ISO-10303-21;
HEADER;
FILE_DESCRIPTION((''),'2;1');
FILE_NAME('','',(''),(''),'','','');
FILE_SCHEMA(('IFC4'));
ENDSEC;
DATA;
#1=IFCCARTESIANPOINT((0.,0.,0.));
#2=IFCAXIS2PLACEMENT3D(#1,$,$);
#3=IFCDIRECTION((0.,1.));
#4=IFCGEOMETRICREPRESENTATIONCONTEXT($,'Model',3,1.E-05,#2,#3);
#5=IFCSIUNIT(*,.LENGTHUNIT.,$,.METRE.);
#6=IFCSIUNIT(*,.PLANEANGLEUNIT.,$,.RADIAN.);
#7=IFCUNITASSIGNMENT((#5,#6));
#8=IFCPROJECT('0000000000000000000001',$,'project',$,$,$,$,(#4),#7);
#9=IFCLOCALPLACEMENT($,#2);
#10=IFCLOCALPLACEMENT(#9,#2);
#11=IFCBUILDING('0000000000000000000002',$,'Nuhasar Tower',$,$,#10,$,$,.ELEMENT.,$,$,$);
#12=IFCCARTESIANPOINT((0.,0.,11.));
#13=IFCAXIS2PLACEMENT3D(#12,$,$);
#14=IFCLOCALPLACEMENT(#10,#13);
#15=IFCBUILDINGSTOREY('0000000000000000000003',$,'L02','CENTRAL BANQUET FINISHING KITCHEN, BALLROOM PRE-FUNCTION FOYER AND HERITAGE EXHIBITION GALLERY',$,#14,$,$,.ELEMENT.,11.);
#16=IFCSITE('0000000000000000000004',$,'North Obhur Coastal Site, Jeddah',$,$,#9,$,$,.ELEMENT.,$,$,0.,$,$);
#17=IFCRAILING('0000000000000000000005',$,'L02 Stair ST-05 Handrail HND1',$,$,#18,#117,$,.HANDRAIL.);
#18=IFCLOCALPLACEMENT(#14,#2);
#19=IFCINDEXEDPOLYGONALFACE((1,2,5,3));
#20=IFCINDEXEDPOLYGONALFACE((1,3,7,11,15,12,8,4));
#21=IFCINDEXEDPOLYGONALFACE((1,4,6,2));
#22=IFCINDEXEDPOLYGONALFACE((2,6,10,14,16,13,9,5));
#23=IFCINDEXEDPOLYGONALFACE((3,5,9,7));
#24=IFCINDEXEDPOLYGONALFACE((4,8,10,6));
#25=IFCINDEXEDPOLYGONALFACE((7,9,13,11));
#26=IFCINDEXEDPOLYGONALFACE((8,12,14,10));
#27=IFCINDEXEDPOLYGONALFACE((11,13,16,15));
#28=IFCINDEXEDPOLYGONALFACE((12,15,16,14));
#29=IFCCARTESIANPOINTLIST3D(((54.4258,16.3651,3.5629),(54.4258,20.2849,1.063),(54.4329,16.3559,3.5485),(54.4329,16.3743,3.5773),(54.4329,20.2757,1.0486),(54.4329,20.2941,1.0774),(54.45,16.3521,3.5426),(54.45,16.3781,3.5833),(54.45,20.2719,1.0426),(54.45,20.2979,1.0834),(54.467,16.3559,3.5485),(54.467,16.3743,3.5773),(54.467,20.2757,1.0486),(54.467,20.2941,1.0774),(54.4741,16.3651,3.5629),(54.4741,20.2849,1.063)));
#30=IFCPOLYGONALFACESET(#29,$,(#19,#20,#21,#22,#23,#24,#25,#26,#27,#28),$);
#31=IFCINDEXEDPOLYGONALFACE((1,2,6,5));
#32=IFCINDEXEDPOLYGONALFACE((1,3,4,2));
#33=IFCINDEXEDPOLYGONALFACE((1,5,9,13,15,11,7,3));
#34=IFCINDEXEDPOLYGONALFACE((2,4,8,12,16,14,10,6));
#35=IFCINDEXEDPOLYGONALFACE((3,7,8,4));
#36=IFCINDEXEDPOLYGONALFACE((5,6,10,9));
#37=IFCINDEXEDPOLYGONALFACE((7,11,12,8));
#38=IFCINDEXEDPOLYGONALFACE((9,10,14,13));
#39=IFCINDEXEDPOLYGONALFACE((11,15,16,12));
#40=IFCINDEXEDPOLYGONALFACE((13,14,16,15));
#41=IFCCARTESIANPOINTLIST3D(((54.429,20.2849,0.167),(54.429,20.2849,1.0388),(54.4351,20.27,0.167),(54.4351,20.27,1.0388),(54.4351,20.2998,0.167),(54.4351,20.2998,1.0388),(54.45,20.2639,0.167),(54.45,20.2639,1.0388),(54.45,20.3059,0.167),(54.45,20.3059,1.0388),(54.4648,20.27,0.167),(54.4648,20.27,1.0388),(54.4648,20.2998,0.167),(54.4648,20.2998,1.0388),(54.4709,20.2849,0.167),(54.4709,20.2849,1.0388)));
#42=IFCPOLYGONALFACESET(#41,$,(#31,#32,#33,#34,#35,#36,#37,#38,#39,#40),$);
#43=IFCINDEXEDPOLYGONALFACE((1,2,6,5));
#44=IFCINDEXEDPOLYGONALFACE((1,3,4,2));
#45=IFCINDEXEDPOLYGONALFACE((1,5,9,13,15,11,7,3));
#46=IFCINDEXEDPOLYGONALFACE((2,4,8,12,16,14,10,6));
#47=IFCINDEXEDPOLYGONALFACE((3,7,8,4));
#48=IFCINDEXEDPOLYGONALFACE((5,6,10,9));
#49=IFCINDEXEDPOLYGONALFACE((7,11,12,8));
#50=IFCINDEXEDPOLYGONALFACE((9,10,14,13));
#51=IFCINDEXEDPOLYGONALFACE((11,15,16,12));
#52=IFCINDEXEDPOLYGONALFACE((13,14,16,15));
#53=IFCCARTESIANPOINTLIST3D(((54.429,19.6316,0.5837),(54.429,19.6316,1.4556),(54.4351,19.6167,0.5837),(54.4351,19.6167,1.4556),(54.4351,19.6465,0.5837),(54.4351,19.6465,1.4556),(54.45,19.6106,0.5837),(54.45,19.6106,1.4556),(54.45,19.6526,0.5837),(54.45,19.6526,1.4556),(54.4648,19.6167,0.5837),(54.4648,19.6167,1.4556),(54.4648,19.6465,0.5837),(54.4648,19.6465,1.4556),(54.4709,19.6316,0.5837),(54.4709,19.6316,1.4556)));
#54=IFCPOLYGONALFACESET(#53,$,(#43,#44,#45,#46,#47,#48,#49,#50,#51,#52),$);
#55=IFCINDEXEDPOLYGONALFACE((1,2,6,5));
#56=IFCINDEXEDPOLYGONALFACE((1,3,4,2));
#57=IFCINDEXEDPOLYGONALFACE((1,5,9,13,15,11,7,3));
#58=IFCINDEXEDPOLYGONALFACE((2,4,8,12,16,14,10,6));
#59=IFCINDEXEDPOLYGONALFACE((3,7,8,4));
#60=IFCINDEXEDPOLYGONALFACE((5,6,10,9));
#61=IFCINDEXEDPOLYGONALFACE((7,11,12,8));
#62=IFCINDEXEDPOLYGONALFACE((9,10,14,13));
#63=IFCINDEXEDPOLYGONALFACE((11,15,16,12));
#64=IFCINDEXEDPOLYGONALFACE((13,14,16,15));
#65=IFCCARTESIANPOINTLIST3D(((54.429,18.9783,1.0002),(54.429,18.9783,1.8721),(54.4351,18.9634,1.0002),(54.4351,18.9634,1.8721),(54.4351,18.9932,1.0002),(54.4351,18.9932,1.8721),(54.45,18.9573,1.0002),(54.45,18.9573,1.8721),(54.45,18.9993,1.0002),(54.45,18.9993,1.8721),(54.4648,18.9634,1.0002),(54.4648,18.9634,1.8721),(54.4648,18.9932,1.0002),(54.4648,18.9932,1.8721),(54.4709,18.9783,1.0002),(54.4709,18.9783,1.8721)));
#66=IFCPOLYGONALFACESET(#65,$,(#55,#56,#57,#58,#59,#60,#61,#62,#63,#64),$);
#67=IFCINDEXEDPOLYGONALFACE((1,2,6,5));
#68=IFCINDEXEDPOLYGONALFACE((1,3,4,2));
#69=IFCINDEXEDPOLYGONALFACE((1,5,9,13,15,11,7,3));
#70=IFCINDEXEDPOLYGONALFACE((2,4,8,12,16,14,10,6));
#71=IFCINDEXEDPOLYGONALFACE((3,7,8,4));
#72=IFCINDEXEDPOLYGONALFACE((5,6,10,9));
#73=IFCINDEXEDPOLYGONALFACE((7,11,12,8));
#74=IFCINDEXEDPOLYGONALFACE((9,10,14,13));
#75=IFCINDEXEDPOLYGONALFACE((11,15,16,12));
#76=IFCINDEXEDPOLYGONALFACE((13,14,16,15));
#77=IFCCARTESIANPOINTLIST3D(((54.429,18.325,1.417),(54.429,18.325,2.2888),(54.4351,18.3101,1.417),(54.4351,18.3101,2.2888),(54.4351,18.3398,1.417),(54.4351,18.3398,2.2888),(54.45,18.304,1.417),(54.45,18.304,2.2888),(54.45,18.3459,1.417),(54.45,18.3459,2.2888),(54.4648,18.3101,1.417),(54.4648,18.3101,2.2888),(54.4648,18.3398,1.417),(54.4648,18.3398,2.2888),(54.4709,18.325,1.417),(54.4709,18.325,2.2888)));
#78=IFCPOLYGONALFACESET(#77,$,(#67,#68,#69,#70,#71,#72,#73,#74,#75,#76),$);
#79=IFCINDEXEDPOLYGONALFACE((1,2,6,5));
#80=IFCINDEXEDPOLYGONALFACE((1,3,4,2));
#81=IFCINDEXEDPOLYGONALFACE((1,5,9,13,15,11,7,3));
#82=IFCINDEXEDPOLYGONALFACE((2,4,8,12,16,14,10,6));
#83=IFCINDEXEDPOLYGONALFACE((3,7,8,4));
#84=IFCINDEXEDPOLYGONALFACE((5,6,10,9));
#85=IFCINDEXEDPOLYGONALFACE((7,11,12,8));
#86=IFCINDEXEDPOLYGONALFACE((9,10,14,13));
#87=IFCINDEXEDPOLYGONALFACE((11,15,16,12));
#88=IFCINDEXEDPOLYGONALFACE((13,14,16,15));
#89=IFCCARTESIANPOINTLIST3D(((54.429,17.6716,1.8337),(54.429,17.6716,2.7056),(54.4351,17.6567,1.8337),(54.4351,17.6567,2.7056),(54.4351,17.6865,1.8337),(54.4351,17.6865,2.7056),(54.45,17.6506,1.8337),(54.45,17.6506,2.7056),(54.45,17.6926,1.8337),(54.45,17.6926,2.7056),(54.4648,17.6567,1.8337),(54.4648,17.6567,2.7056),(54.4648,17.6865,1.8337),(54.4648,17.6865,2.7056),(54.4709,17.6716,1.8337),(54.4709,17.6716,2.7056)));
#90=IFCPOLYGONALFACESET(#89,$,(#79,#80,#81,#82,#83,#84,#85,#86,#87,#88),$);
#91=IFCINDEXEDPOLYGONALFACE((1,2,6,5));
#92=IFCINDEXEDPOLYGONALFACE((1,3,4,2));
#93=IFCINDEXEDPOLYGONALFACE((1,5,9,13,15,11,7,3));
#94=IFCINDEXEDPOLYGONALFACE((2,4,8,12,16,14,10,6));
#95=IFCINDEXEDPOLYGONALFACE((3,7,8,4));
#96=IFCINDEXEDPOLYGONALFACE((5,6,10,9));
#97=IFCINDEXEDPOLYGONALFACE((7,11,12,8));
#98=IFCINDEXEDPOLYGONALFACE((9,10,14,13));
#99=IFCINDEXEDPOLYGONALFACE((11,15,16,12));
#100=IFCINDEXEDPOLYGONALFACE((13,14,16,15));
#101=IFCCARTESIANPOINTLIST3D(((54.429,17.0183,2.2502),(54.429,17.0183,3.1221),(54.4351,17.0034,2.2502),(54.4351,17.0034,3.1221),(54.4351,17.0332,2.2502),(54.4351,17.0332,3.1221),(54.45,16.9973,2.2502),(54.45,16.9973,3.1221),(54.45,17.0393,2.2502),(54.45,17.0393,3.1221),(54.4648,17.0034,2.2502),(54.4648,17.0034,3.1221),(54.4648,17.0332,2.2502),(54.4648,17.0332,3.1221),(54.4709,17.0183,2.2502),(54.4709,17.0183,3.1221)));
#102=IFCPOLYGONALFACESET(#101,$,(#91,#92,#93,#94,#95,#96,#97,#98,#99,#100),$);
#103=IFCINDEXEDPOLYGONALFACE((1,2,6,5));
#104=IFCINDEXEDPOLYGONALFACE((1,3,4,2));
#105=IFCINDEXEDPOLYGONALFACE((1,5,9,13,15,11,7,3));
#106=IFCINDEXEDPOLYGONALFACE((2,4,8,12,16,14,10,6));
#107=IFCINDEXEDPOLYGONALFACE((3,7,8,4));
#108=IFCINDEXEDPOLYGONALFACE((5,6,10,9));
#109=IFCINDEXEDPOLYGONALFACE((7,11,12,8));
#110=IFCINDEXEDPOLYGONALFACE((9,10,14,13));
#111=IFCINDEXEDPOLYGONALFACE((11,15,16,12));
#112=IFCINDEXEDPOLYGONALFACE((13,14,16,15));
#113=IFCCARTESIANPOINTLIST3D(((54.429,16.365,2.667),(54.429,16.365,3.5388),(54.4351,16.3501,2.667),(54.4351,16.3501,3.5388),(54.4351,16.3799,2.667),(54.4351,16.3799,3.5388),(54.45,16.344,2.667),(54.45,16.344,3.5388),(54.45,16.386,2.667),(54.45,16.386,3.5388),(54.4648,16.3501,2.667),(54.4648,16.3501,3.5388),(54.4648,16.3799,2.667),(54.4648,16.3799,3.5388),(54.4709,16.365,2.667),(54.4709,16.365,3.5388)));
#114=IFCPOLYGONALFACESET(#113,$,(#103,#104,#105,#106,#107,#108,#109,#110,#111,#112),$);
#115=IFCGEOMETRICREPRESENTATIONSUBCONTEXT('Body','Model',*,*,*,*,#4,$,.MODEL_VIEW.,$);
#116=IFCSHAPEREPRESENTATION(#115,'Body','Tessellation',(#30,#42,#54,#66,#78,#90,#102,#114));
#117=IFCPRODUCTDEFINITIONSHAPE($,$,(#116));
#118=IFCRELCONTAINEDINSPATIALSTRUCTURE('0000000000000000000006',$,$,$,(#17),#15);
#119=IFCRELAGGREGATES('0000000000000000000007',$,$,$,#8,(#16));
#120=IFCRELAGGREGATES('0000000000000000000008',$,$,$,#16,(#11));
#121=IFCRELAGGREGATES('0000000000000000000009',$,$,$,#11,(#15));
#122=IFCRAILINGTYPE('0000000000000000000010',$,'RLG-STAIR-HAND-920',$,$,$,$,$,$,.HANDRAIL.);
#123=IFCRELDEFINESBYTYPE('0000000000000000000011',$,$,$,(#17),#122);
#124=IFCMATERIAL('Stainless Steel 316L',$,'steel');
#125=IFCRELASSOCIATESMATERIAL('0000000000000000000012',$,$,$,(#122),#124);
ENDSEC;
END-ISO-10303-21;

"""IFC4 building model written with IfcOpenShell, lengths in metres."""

from ifc_helpers import new_model, si_unit, direction, frame, origin, place, context, subcontext, project, spatial, polyline, outline, extrude, material, type_object, element, save


model = new_model("IFC4")

# Units and contexts
model_context = context("Model", 3, precision=1e-05, world=origin(), true_north=direction((0.0, 1.0)))
body_context = subcontext(model_context, "Body", "Model", "MODEL_VIEW")
ifc_project = project(units=[si_unit("LENGTHUNIT", "METRE"), si_unit("PLANEANGLEUNIT", "RADIAN")], contexts=[model_context])

# Site, building, storey
site_placement = place(None, origin())
site = spatial("IfcSite", under=ifc_project, at=site_placement, Name="North Obhur Coastal Site, Jeddah", CompositionType="ELEMENT", RefElevation=0.0)
building_placement = place(site_placement, origin())
building = spatial("IfcBuilding", under=site, at=building_placement, Name="Nuhasar Tower", CompositionType="ELEMENT")
storey_placement = place(building_placement, frame((0.0, 0.0, 11.0)))
storey = spatial("IfcBuildingStorey", under=building, at=storey_placement, Name="L02", Description="CENTRAL BANQUET FINISHING KITCHEN, BALLROOM PRE-FUNCTION FOYER AND HERITAGE EXHIBITION GALLERY", CompositionType="ELEMENT", Elevation=11.0)

# Railing
ifc_material_1 = material(Name="Stainless Steel 316L", Category="steel")
railing_type_1 = type_object("IfcRailingType", Name="RLG-STAIR-HAND-920", PredefinedType="HANDRAIL", material=ifc_material_1)
railing_1_placement = place(storey_placement, frame((54.45, 20.2849, 0.167)))
element("IfcRailing", 1, at=railing_1_placement, inside=storey, type_object=railing_type_1, Name="L02 Stair ST-05 Handrail HND1", PredefinedType="HANDRAIL", context=body_context, shape_type="SweptSolid", body=[
    extrude(outline(polyline([(0.0242, 0.0), (0.0171, 0.0171), (0.0, 0.0242), (-0.0171, 0.0171), (-0.0242, 0.0), (-0.0171, -0.0171), (0.0, -0.0242), (0.0171, -0.0171), (0.0242, 0.0)])), frame((0.0, 0.0, 0.896), z_axis=(0.0, -0.843125, 0.537718), x_axis=(1.0, 0.0, 0.0)), (0.0, 0.0, 1.0), 4.6492),
    extrude(outline(polyline([(0.021, 0.0), (0.0149, 0.0149), (0.0, 0.021), (-0.0149, 0.0149), (-0.021, 0.0), (-0.0149, -0.0149), (0.0, -0.021), (0.0149, -0.0149), (0.021, 0.0)])), origin(), (0.0, 0.0, 1.0), 0.8718),
    extrude(outline(polyline([(0.021, 0.0), (0.0149, 0.0149), (0.0, 0.021), (-0.0149, 0.0149), (-0.021, 0.0), (-0.0149, -0.0149), (0.0, -0.021), (0.0149, -0.0149), (0.021, 0.0)])), frame((0.0, -0.6533, 0.4167)), (0.0, 0.0, 1.0), 0.8718),
    extrude(outline(polyline([(0.021, 0.0), (0.0149, 0.0149), (0.0, 0.021), (-0.0149, 0.0149), (-0.021, 0.0), (-0.0149, -0.0149), (0.0, -0.021), (0.0149, -0.0149), (0.021, 0.0)])), frame((0.0, -1.3066, 0.8333)), (0.0, 0.0, 1.0), 0.8718),
    extrude(outline(polyline([(0.021, 0.0), (0.0149, 0.0149), (0.0, 0.021), (-0.0149, 0.0149), (-0.021, 0.0), (-0.0149, -0.0149), (0.0, -0.021), (0.0149, -0.0149), (0.021, 0.0)])), frame((0.0, -1.96, 1.25)), (0.0, 0.0, 1.0), 0.8718),
    extrude(outline(polyline([(0.021, 0.0), (0.0149, 0.0149), (0.0, 0.021), (-0.0149, 0.0149), (-0.021, 0.0), (-0.0149, -0.0149), (0.0, -0.021), (0.0149, -0.0149), (0.021, 0.0)])), frame((0.0, -2.6133, 1.6667)), (0.0, 0.0, 1.0), 0.8718),
    extrude(outline(polyline([(0.021, 0.0), (0.0149, 0.0149), (0.0, 0.021), (-0.0149, 0.0149), (-0.021, 0.0), (-0.0149, -0.0149), (0.0, -0.021), (0.0149, -0.0149), (0.021, 0.0)])), frame((0.0, -3.2666, 2.0833)), (0.0, 0.0, 1.0), 0.8718),
    extrude(outline(polyline([(0.021, 0.0), (0.0149, 0.0149), (0.0, 0.021), (-0.0149, 0.0149), (-0.021, 0.0), (-0.0149, -0.0149), (0.0, -0.021), (0.0149, -0.0149), (0.021, 0.0)])), frame((0.0, -3.9199, 2.5)), (0.0, 0.0, 1.0), 0.8718),
])

save(model, "model.ifc")
